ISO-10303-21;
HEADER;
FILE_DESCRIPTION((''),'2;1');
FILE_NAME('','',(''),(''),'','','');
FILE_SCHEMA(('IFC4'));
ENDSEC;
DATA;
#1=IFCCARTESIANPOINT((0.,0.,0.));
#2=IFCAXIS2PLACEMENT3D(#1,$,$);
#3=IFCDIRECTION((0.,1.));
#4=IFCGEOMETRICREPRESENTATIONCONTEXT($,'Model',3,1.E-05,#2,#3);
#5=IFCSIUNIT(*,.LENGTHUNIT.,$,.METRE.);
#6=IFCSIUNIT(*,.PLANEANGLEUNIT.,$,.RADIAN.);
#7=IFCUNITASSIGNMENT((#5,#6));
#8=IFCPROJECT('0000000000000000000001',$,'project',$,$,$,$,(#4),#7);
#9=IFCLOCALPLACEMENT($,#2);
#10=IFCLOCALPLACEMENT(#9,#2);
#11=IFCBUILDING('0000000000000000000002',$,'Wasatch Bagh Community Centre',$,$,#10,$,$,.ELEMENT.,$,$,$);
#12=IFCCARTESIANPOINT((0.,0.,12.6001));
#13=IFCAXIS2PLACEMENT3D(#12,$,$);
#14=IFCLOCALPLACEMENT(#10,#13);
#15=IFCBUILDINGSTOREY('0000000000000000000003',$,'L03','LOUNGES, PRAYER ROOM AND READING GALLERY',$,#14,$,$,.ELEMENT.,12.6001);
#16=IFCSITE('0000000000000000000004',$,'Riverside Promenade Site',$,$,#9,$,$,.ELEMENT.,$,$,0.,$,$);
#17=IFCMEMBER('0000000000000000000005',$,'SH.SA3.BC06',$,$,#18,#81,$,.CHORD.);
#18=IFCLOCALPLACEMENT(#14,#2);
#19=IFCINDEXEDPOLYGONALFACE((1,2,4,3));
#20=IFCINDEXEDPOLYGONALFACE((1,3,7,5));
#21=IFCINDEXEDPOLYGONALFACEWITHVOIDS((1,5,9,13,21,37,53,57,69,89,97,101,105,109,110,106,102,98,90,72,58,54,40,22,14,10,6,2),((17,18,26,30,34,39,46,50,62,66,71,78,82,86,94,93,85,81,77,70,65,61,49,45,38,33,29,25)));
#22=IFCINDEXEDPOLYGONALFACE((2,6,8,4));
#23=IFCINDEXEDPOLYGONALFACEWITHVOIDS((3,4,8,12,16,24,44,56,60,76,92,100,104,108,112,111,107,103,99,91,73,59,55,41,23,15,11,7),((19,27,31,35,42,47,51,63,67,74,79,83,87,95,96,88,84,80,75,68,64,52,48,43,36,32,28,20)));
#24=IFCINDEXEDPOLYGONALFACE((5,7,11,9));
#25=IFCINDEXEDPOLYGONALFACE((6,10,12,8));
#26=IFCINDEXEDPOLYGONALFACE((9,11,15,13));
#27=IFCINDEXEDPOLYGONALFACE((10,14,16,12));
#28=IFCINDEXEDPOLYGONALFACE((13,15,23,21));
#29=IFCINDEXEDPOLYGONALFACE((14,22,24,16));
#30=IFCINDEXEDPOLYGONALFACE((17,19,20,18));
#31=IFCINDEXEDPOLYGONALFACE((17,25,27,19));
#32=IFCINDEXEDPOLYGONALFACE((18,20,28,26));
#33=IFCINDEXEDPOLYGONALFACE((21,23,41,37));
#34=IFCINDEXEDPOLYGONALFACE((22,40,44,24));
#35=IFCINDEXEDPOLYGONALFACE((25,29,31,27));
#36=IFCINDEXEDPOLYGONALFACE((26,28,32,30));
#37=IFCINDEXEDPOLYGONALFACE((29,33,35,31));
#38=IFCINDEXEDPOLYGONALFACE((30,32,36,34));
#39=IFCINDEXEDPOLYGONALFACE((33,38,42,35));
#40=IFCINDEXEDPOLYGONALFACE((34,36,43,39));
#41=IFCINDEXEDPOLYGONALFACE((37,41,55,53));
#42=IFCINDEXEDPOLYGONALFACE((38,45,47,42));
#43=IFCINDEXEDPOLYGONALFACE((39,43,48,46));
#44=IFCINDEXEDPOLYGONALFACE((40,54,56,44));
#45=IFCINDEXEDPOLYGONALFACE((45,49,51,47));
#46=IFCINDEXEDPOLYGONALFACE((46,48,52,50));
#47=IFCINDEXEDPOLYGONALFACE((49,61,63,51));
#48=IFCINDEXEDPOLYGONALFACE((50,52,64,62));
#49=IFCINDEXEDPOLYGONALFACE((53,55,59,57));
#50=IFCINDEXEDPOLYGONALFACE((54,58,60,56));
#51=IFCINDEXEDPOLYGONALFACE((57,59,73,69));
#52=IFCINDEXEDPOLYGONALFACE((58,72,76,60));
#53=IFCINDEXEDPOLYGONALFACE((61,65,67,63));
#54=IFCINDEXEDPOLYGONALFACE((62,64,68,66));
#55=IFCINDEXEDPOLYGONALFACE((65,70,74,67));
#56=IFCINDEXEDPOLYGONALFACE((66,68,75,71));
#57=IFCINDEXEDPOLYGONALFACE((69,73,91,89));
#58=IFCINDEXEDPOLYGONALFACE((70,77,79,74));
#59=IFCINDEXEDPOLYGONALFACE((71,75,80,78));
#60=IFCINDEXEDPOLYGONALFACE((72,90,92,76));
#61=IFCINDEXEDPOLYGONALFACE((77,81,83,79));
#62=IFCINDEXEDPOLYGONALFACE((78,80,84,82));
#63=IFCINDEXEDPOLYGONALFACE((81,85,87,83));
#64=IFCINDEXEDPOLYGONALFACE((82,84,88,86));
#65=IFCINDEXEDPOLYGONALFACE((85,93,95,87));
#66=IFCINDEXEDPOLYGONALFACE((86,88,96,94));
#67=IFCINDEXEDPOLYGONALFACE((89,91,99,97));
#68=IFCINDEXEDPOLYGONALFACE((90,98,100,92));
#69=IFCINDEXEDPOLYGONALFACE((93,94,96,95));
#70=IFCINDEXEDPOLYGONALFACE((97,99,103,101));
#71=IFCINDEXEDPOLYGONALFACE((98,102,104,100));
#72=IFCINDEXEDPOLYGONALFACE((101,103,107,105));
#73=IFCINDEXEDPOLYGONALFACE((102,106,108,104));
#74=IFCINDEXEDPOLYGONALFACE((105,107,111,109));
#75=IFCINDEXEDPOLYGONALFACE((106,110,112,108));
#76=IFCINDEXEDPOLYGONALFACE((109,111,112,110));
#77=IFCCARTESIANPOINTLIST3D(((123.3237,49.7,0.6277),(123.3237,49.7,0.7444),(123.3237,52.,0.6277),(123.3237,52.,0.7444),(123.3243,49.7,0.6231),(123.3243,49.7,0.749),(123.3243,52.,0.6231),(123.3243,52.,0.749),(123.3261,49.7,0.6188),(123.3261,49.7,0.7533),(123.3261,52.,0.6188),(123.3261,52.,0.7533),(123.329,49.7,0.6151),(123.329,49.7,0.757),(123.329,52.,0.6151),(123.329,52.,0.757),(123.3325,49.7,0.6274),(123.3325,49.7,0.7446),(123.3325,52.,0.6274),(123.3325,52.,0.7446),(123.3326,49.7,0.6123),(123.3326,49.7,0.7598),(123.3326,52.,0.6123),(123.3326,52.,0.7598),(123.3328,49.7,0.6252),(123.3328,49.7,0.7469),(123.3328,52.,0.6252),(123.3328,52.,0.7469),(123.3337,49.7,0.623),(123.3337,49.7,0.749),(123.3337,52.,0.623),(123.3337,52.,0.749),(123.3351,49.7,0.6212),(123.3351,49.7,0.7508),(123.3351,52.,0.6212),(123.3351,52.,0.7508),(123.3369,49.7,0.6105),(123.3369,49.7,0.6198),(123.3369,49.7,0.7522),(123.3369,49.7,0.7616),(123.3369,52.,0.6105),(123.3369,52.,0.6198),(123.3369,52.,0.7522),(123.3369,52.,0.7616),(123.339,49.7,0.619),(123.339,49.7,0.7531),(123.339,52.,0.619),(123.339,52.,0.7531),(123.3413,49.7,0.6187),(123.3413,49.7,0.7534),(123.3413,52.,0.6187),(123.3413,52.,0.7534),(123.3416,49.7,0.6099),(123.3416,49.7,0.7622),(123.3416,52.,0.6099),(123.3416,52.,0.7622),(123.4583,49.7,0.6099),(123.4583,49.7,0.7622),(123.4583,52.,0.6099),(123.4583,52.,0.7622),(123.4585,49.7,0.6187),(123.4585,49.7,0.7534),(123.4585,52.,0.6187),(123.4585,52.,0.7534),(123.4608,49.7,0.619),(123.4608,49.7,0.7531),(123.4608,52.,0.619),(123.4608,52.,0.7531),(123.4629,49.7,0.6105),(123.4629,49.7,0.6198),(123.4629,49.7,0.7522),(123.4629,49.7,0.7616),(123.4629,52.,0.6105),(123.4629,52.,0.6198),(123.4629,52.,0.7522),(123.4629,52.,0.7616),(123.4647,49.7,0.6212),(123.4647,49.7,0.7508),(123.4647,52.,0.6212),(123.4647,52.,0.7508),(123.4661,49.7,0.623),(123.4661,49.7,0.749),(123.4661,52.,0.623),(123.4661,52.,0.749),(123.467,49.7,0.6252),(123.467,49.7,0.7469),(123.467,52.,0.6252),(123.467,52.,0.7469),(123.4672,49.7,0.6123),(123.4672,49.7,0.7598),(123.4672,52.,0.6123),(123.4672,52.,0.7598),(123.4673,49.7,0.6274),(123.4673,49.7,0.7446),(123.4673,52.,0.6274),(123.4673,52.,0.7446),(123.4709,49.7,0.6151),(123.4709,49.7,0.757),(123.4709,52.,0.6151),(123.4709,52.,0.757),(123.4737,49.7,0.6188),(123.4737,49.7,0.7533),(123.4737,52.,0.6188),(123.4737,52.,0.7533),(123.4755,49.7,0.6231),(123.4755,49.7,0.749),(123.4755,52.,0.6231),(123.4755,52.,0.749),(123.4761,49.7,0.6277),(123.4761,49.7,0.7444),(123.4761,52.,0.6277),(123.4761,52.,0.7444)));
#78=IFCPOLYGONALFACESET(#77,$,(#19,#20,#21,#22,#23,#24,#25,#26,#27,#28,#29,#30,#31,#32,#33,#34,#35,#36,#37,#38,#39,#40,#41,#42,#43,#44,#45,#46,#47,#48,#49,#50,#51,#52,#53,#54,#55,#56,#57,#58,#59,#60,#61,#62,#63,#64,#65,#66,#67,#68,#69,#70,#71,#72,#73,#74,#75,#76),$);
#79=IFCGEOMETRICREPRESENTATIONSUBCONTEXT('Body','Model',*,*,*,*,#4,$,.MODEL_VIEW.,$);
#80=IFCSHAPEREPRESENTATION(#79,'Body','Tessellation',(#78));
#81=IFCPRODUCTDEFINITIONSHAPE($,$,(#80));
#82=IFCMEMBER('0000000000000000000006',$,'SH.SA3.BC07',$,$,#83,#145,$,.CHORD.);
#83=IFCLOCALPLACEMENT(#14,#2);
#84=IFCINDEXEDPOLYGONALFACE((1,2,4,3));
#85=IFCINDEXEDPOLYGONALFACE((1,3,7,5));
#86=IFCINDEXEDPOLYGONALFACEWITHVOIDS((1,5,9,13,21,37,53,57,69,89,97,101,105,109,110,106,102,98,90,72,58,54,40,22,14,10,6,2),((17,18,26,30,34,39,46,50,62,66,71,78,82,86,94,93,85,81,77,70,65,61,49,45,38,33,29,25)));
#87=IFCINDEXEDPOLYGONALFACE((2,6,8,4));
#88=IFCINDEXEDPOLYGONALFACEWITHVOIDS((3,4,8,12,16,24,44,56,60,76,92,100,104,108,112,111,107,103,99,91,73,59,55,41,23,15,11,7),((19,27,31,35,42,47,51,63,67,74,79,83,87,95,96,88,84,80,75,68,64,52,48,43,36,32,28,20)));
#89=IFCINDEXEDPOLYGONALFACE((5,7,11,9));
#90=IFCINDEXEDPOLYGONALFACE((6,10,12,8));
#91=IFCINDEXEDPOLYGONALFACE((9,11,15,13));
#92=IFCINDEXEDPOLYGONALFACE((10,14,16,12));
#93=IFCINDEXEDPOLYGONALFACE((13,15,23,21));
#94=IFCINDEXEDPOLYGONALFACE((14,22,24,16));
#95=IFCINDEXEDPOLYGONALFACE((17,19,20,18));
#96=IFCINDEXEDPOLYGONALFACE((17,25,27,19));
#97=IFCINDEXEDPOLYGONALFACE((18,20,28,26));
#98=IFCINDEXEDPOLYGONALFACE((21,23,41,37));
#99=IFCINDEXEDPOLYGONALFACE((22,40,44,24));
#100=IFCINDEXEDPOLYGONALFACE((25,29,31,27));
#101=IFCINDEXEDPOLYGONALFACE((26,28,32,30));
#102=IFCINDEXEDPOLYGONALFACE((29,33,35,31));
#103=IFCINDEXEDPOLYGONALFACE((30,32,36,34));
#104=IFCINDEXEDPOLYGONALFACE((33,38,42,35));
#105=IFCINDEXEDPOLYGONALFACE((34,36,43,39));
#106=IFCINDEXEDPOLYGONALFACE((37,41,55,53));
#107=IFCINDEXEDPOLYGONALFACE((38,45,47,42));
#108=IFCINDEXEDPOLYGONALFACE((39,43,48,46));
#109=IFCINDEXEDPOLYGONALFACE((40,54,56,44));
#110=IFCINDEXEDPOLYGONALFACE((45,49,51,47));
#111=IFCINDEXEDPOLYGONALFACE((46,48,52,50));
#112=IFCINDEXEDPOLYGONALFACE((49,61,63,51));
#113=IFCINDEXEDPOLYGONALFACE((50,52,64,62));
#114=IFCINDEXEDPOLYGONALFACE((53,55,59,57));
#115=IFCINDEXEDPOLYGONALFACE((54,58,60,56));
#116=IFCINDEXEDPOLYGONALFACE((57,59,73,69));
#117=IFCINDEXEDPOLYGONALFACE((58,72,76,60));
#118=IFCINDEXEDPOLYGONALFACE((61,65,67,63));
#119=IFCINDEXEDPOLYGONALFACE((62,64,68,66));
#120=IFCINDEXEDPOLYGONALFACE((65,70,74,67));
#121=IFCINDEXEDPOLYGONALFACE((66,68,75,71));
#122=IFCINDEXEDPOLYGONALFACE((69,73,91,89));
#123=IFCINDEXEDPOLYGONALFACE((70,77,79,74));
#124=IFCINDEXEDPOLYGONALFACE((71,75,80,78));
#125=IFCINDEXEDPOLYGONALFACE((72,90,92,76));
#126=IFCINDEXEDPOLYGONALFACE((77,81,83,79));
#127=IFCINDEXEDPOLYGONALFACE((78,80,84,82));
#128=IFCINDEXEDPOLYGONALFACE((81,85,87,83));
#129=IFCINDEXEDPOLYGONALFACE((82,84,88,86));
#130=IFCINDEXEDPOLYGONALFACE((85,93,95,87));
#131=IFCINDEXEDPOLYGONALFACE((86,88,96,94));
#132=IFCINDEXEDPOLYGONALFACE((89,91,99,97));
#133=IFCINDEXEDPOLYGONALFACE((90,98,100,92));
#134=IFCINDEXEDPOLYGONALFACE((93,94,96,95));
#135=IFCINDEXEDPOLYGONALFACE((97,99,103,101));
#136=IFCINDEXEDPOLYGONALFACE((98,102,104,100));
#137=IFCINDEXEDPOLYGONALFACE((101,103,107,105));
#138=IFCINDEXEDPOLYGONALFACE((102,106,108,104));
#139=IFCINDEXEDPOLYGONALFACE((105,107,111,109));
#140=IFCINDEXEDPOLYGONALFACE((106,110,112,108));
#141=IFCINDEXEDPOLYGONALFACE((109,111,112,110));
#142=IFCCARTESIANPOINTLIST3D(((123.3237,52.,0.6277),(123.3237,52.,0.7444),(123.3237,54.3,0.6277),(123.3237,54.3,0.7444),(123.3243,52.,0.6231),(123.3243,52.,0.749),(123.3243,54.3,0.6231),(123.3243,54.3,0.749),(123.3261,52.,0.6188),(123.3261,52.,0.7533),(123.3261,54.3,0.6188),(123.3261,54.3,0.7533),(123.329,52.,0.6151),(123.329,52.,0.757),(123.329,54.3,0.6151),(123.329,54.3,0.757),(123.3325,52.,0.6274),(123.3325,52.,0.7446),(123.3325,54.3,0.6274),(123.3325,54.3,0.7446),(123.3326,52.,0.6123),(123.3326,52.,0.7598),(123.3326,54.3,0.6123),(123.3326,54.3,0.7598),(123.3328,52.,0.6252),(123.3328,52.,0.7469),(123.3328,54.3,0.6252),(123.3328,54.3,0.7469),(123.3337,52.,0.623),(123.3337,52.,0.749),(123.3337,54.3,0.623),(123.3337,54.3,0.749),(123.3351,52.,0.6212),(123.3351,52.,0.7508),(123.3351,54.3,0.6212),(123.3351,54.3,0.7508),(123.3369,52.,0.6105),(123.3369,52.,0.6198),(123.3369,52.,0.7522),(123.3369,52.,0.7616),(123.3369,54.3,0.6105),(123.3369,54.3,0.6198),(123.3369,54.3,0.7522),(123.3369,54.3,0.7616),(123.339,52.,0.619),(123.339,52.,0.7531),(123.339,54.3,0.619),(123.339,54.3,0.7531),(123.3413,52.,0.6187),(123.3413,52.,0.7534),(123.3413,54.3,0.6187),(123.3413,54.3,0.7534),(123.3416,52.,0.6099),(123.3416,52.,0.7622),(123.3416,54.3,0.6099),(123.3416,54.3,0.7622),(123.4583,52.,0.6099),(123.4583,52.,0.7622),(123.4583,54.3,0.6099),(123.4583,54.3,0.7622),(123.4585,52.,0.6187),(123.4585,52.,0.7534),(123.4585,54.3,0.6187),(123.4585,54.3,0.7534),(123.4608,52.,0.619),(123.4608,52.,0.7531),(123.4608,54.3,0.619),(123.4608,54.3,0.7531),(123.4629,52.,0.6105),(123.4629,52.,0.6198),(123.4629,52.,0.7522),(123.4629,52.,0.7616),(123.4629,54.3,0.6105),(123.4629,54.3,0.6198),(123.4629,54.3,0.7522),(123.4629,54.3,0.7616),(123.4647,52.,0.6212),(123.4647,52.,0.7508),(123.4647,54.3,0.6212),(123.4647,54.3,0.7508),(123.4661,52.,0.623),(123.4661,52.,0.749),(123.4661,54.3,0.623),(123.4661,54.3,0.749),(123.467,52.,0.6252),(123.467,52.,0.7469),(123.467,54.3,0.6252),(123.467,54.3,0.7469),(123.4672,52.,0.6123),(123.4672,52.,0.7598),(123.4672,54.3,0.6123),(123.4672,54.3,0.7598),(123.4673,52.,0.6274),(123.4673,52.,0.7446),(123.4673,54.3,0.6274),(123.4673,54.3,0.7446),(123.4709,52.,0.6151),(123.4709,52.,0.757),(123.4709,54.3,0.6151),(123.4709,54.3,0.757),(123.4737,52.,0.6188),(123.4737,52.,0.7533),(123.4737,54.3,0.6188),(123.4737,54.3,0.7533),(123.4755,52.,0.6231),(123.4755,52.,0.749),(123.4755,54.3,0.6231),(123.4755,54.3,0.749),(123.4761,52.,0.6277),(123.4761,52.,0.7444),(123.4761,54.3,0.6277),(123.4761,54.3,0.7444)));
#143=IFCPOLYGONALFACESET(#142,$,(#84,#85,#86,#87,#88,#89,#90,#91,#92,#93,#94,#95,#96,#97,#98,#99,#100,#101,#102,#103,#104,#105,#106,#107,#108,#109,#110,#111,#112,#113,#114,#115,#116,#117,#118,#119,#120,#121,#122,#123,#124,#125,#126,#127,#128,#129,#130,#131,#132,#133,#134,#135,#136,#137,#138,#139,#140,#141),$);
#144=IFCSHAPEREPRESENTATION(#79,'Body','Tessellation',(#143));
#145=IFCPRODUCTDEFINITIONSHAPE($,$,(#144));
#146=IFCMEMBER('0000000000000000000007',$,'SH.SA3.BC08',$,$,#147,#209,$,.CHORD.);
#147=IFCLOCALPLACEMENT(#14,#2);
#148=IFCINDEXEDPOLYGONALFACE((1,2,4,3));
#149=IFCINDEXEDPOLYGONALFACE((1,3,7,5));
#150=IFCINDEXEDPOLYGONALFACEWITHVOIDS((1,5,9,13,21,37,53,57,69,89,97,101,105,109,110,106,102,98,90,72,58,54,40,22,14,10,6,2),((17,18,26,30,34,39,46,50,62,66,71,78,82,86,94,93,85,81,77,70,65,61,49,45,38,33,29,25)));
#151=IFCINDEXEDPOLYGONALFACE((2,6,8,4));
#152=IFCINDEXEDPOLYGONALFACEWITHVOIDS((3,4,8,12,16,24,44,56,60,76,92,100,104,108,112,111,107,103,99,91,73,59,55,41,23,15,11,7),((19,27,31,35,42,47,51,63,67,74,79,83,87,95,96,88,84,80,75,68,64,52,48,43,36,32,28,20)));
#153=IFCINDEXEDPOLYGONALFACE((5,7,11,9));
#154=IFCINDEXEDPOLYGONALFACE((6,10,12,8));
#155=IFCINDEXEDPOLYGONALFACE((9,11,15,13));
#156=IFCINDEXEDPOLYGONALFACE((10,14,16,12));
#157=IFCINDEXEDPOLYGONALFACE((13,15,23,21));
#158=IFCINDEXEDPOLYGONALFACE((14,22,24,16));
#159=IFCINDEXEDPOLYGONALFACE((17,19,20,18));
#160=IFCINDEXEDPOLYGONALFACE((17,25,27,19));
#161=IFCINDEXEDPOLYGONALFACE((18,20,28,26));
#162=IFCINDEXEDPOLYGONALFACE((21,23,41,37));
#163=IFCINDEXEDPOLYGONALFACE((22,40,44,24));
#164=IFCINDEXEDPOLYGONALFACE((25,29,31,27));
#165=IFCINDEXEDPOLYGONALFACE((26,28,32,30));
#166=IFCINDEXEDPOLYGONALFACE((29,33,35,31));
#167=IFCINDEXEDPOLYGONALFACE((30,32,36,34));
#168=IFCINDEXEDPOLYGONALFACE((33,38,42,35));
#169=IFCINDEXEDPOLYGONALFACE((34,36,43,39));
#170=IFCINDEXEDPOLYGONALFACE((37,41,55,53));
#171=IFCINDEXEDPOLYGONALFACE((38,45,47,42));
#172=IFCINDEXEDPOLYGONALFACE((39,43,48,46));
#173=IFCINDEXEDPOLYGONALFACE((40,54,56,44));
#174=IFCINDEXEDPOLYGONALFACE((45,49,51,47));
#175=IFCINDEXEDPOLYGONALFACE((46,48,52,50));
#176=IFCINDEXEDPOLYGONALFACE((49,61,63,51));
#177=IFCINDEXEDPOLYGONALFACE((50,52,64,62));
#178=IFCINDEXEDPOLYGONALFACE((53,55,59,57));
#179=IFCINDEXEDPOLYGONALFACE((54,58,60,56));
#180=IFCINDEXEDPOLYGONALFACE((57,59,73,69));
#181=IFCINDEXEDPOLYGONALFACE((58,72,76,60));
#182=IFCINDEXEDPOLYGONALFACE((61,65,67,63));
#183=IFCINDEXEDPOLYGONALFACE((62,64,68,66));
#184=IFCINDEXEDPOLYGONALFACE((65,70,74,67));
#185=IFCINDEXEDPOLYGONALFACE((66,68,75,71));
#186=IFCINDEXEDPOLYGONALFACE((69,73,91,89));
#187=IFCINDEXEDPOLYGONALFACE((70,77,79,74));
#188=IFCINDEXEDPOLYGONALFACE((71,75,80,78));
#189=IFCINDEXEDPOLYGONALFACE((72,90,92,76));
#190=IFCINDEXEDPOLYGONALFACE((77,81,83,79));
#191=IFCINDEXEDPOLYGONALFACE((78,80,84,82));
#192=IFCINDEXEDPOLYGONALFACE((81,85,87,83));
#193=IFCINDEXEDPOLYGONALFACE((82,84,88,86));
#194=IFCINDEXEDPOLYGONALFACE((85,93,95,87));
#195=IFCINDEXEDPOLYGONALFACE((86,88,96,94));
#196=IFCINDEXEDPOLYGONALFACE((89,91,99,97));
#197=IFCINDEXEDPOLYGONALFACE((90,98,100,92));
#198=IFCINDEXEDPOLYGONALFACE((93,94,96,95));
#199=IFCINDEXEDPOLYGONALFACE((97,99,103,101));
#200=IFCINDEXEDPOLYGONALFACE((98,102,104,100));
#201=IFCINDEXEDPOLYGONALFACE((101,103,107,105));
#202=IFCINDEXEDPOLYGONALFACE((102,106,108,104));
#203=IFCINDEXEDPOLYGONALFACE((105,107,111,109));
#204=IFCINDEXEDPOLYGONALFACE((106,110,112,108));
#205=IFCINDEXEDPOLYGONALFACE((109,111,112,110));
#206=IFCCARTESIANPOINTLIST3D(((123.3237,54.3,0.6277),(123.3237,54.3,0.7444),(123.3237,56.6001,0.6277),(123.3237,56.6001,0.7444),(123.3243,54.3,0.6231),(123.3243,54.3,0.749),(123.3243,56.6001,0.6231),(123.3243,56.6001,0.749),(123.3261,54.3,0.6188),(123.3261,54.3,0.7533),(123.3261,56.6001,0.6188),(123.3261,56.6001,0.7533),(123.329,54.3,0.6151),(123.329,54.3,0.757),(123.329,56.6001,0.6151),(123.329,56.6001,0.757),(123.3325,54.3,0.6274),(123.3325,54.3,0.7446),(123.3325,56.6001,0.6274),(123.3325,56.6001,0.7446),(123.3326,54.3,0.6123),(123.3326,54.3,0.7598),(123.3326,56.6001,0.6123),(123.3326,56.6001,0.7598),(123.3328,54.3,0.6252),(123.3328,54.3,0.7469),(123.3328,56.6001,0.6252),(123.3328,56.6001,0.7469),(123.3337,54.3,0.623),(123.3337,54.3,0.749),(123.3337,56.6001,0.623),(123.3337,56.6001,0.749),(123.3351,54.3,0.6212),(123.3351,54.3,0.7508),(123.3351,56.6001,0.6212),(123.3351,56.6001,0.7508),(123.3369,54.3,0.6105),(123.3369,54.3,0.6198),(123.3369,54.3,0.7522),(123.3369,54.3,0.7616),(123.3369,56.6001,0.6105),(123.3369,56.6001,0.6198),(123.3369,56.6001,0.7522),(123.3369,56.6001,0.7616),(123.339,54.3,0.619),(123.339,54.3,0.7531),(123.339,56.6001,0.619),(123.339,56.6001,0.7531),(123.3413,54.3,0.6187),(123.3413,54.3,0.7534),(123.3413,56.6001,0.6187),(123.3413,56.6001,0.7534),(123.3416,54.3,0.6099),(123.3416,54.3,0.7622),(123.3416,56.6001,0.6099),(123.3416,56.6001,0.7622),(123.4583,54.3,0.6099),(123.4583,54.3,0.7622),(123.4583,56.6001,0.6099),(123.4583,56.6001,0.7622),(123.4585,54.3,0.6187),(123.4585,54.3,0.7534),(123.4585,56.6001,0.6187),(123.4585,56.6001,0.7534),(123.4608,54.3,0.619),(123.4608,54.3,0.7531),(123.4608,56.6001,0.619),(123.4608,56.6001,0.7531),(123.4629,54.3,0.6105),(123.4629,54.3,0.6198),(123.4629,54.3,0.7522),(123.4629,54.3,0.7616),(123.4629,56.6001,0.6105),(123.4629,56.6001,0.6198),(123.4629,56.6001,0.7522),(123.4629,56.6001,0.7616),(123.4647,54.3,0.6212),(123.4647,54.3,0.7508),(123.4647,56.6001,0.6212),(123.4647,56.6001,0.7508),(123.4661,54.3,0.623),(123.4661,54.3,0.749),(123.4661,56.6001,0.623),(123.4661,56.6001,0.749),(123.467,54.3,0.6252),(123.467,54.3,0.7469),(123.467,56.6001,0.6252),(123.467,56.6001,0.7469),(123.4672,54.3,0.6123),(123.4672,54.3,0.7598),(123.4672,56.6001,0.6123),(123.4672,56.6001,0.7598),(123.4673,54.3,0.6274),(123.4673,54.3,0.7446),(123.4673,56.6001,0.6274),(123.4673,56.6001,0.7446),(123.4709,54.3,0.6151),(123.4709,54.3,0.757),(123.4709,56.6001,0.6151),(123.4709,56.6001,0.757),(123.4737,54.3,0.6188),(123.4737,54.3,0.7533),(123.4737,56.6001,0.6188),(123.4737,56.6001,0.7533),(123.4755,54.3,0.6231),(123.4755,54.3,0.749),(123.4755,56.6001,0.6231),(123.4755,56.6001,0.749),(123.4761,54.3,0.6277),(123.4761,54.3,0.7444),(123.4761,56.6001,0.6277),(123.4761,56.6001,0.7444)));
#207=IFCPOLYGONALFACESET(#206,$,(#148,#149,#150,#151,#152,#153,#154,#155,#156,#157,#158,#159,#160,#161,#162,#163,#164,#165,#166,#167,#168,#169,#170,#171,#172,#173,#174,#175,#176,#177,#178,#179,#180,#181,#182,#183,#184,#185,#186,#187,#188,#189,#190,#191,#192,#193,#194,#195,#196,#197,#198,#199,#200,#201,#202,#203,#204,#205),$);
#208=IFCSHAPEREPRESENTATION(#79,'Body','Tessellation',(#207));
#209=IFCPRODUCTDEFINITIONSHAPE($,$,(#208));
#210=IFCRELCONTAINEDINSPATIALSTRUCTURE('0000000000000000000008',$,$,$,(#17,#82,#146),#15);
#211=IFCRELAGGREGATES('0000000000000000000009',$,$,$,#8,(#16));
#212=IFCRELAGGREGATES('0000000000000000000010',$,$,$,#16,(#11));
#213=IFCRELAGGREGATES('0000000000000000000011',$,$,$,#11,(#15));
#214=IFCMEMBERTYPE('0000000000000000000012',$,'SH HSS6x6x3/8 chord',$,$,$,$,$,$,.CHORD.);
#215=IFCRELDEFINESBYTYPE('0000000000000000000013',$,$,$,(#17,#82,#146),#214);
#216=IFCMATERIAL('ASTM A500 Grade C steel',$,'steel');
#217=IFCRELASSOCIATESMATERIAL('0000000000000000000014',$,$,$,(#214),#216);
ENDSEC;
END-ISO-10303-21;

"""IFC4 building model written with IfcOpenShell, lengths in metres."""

from ifc_helpers import new_model, si_unit, direction, frame, origin, origin_2d, place, context, subcontext, project, spatial, hollow_rectangle, extrude, material, material_profile, profile_set, type_object, element, save


model = new_model("IFC4")

# Units and contexts
model_context = context("Model", 3, precision=1e-05, world=origin(), true_north=direction((0.0, 1.0)))
body_context = subcontext(model_context, "Body", "Model", "MODEL_VIEW")
ifc_project = project(units=[si_unit("LENGTHUNIT", "METRE"), si_unit("PLANEANGLEUNIT", "RADIAN")], contexts=[model_context])

# Site, building, storey
site_placement = place(None, origin())
site = spatial("IfcSite", under=ifc_project, at=site_placement, Name="Riverside Promenade Site", CompositionType="ELEMENT", RefElevation=0.0)
building_placement = place(site_placement, origin())
building = spatial("IfcBuilding", under=site, at=building_placement, Name="Wasatch Bagh Community Centre", CompositionType="ELEMENT")
storey_placement = place(building_placement, frame((0.0, 0.0, 12.6001)))
storey = spatial("IfcBuildingStorey", under=building, at=storey_placement, Name="L03", Description="LOUNGES, PRAYER ROOM AND READING GALLERY", CompositionType="ELEMENT", Elevation=12.6001)

# Members
ifc_material_1 = material(Name="ASTM A500 Grade C steel", Category="steel")
ifc_material_profile_1 = material_profile(ifc_material_1, hollow_rectangle(XDim=0.1523, YDim=0.1523, WallThickness=0.0088, InnerFilletRadius=0.0088, OuterFilletRadius=0.0178, at=origin_2d()), Name="HSS6x6x3/8")
ifc_profile_set_1 = profile_set([ifc_material_profile_1], Name="ASTM A500 Grade C steel")
member_type_1 = type_object("IfcMemberType", Name="SH HSS6x6x3/8 chord", PredefinedType="CHORD", material=ifc_profile_set_1)
for number, where, z_axis, x_axis, name in (
    (1, (123.3999, 49.7, 0.686), (0.0, 1.0, 0.0), (-1.0, 0.0, 0.0), "SH.SA3.BC06"),
    (2, (123.3999, 52.0, 0.686), (0.0, 1.0, 0.0), (-1.0, 0.0, 0.0), "SH.SA3.BC07"),
    (3, (123.3999, 54.3, 0.686), (0.0, 1.0, 0.0), (-1.0, 0.0, 0.0), "SH.SA3.BC08"),
):
    element("IfcMember", number, at=place(storey_placement, frame(where, z_axis=z_axis, x_axis=x_axis)), inside=storey, type_object=member_type_1, Name=name, PredefinedType="CHORD", context=body_context, shape_type="SweptSolid", body=[
        extrude(hollow_rectangle(XDim=0.1523, YDim=0.1523, WallThickness=0.0088, InnerFilletRadius=0.0088, OuterFilletRadius=0.0178, at=origin_2d()), origin(), (0.0, 0.0, 1.0), 2.3),
    ])

save(model, "model.ifc")
